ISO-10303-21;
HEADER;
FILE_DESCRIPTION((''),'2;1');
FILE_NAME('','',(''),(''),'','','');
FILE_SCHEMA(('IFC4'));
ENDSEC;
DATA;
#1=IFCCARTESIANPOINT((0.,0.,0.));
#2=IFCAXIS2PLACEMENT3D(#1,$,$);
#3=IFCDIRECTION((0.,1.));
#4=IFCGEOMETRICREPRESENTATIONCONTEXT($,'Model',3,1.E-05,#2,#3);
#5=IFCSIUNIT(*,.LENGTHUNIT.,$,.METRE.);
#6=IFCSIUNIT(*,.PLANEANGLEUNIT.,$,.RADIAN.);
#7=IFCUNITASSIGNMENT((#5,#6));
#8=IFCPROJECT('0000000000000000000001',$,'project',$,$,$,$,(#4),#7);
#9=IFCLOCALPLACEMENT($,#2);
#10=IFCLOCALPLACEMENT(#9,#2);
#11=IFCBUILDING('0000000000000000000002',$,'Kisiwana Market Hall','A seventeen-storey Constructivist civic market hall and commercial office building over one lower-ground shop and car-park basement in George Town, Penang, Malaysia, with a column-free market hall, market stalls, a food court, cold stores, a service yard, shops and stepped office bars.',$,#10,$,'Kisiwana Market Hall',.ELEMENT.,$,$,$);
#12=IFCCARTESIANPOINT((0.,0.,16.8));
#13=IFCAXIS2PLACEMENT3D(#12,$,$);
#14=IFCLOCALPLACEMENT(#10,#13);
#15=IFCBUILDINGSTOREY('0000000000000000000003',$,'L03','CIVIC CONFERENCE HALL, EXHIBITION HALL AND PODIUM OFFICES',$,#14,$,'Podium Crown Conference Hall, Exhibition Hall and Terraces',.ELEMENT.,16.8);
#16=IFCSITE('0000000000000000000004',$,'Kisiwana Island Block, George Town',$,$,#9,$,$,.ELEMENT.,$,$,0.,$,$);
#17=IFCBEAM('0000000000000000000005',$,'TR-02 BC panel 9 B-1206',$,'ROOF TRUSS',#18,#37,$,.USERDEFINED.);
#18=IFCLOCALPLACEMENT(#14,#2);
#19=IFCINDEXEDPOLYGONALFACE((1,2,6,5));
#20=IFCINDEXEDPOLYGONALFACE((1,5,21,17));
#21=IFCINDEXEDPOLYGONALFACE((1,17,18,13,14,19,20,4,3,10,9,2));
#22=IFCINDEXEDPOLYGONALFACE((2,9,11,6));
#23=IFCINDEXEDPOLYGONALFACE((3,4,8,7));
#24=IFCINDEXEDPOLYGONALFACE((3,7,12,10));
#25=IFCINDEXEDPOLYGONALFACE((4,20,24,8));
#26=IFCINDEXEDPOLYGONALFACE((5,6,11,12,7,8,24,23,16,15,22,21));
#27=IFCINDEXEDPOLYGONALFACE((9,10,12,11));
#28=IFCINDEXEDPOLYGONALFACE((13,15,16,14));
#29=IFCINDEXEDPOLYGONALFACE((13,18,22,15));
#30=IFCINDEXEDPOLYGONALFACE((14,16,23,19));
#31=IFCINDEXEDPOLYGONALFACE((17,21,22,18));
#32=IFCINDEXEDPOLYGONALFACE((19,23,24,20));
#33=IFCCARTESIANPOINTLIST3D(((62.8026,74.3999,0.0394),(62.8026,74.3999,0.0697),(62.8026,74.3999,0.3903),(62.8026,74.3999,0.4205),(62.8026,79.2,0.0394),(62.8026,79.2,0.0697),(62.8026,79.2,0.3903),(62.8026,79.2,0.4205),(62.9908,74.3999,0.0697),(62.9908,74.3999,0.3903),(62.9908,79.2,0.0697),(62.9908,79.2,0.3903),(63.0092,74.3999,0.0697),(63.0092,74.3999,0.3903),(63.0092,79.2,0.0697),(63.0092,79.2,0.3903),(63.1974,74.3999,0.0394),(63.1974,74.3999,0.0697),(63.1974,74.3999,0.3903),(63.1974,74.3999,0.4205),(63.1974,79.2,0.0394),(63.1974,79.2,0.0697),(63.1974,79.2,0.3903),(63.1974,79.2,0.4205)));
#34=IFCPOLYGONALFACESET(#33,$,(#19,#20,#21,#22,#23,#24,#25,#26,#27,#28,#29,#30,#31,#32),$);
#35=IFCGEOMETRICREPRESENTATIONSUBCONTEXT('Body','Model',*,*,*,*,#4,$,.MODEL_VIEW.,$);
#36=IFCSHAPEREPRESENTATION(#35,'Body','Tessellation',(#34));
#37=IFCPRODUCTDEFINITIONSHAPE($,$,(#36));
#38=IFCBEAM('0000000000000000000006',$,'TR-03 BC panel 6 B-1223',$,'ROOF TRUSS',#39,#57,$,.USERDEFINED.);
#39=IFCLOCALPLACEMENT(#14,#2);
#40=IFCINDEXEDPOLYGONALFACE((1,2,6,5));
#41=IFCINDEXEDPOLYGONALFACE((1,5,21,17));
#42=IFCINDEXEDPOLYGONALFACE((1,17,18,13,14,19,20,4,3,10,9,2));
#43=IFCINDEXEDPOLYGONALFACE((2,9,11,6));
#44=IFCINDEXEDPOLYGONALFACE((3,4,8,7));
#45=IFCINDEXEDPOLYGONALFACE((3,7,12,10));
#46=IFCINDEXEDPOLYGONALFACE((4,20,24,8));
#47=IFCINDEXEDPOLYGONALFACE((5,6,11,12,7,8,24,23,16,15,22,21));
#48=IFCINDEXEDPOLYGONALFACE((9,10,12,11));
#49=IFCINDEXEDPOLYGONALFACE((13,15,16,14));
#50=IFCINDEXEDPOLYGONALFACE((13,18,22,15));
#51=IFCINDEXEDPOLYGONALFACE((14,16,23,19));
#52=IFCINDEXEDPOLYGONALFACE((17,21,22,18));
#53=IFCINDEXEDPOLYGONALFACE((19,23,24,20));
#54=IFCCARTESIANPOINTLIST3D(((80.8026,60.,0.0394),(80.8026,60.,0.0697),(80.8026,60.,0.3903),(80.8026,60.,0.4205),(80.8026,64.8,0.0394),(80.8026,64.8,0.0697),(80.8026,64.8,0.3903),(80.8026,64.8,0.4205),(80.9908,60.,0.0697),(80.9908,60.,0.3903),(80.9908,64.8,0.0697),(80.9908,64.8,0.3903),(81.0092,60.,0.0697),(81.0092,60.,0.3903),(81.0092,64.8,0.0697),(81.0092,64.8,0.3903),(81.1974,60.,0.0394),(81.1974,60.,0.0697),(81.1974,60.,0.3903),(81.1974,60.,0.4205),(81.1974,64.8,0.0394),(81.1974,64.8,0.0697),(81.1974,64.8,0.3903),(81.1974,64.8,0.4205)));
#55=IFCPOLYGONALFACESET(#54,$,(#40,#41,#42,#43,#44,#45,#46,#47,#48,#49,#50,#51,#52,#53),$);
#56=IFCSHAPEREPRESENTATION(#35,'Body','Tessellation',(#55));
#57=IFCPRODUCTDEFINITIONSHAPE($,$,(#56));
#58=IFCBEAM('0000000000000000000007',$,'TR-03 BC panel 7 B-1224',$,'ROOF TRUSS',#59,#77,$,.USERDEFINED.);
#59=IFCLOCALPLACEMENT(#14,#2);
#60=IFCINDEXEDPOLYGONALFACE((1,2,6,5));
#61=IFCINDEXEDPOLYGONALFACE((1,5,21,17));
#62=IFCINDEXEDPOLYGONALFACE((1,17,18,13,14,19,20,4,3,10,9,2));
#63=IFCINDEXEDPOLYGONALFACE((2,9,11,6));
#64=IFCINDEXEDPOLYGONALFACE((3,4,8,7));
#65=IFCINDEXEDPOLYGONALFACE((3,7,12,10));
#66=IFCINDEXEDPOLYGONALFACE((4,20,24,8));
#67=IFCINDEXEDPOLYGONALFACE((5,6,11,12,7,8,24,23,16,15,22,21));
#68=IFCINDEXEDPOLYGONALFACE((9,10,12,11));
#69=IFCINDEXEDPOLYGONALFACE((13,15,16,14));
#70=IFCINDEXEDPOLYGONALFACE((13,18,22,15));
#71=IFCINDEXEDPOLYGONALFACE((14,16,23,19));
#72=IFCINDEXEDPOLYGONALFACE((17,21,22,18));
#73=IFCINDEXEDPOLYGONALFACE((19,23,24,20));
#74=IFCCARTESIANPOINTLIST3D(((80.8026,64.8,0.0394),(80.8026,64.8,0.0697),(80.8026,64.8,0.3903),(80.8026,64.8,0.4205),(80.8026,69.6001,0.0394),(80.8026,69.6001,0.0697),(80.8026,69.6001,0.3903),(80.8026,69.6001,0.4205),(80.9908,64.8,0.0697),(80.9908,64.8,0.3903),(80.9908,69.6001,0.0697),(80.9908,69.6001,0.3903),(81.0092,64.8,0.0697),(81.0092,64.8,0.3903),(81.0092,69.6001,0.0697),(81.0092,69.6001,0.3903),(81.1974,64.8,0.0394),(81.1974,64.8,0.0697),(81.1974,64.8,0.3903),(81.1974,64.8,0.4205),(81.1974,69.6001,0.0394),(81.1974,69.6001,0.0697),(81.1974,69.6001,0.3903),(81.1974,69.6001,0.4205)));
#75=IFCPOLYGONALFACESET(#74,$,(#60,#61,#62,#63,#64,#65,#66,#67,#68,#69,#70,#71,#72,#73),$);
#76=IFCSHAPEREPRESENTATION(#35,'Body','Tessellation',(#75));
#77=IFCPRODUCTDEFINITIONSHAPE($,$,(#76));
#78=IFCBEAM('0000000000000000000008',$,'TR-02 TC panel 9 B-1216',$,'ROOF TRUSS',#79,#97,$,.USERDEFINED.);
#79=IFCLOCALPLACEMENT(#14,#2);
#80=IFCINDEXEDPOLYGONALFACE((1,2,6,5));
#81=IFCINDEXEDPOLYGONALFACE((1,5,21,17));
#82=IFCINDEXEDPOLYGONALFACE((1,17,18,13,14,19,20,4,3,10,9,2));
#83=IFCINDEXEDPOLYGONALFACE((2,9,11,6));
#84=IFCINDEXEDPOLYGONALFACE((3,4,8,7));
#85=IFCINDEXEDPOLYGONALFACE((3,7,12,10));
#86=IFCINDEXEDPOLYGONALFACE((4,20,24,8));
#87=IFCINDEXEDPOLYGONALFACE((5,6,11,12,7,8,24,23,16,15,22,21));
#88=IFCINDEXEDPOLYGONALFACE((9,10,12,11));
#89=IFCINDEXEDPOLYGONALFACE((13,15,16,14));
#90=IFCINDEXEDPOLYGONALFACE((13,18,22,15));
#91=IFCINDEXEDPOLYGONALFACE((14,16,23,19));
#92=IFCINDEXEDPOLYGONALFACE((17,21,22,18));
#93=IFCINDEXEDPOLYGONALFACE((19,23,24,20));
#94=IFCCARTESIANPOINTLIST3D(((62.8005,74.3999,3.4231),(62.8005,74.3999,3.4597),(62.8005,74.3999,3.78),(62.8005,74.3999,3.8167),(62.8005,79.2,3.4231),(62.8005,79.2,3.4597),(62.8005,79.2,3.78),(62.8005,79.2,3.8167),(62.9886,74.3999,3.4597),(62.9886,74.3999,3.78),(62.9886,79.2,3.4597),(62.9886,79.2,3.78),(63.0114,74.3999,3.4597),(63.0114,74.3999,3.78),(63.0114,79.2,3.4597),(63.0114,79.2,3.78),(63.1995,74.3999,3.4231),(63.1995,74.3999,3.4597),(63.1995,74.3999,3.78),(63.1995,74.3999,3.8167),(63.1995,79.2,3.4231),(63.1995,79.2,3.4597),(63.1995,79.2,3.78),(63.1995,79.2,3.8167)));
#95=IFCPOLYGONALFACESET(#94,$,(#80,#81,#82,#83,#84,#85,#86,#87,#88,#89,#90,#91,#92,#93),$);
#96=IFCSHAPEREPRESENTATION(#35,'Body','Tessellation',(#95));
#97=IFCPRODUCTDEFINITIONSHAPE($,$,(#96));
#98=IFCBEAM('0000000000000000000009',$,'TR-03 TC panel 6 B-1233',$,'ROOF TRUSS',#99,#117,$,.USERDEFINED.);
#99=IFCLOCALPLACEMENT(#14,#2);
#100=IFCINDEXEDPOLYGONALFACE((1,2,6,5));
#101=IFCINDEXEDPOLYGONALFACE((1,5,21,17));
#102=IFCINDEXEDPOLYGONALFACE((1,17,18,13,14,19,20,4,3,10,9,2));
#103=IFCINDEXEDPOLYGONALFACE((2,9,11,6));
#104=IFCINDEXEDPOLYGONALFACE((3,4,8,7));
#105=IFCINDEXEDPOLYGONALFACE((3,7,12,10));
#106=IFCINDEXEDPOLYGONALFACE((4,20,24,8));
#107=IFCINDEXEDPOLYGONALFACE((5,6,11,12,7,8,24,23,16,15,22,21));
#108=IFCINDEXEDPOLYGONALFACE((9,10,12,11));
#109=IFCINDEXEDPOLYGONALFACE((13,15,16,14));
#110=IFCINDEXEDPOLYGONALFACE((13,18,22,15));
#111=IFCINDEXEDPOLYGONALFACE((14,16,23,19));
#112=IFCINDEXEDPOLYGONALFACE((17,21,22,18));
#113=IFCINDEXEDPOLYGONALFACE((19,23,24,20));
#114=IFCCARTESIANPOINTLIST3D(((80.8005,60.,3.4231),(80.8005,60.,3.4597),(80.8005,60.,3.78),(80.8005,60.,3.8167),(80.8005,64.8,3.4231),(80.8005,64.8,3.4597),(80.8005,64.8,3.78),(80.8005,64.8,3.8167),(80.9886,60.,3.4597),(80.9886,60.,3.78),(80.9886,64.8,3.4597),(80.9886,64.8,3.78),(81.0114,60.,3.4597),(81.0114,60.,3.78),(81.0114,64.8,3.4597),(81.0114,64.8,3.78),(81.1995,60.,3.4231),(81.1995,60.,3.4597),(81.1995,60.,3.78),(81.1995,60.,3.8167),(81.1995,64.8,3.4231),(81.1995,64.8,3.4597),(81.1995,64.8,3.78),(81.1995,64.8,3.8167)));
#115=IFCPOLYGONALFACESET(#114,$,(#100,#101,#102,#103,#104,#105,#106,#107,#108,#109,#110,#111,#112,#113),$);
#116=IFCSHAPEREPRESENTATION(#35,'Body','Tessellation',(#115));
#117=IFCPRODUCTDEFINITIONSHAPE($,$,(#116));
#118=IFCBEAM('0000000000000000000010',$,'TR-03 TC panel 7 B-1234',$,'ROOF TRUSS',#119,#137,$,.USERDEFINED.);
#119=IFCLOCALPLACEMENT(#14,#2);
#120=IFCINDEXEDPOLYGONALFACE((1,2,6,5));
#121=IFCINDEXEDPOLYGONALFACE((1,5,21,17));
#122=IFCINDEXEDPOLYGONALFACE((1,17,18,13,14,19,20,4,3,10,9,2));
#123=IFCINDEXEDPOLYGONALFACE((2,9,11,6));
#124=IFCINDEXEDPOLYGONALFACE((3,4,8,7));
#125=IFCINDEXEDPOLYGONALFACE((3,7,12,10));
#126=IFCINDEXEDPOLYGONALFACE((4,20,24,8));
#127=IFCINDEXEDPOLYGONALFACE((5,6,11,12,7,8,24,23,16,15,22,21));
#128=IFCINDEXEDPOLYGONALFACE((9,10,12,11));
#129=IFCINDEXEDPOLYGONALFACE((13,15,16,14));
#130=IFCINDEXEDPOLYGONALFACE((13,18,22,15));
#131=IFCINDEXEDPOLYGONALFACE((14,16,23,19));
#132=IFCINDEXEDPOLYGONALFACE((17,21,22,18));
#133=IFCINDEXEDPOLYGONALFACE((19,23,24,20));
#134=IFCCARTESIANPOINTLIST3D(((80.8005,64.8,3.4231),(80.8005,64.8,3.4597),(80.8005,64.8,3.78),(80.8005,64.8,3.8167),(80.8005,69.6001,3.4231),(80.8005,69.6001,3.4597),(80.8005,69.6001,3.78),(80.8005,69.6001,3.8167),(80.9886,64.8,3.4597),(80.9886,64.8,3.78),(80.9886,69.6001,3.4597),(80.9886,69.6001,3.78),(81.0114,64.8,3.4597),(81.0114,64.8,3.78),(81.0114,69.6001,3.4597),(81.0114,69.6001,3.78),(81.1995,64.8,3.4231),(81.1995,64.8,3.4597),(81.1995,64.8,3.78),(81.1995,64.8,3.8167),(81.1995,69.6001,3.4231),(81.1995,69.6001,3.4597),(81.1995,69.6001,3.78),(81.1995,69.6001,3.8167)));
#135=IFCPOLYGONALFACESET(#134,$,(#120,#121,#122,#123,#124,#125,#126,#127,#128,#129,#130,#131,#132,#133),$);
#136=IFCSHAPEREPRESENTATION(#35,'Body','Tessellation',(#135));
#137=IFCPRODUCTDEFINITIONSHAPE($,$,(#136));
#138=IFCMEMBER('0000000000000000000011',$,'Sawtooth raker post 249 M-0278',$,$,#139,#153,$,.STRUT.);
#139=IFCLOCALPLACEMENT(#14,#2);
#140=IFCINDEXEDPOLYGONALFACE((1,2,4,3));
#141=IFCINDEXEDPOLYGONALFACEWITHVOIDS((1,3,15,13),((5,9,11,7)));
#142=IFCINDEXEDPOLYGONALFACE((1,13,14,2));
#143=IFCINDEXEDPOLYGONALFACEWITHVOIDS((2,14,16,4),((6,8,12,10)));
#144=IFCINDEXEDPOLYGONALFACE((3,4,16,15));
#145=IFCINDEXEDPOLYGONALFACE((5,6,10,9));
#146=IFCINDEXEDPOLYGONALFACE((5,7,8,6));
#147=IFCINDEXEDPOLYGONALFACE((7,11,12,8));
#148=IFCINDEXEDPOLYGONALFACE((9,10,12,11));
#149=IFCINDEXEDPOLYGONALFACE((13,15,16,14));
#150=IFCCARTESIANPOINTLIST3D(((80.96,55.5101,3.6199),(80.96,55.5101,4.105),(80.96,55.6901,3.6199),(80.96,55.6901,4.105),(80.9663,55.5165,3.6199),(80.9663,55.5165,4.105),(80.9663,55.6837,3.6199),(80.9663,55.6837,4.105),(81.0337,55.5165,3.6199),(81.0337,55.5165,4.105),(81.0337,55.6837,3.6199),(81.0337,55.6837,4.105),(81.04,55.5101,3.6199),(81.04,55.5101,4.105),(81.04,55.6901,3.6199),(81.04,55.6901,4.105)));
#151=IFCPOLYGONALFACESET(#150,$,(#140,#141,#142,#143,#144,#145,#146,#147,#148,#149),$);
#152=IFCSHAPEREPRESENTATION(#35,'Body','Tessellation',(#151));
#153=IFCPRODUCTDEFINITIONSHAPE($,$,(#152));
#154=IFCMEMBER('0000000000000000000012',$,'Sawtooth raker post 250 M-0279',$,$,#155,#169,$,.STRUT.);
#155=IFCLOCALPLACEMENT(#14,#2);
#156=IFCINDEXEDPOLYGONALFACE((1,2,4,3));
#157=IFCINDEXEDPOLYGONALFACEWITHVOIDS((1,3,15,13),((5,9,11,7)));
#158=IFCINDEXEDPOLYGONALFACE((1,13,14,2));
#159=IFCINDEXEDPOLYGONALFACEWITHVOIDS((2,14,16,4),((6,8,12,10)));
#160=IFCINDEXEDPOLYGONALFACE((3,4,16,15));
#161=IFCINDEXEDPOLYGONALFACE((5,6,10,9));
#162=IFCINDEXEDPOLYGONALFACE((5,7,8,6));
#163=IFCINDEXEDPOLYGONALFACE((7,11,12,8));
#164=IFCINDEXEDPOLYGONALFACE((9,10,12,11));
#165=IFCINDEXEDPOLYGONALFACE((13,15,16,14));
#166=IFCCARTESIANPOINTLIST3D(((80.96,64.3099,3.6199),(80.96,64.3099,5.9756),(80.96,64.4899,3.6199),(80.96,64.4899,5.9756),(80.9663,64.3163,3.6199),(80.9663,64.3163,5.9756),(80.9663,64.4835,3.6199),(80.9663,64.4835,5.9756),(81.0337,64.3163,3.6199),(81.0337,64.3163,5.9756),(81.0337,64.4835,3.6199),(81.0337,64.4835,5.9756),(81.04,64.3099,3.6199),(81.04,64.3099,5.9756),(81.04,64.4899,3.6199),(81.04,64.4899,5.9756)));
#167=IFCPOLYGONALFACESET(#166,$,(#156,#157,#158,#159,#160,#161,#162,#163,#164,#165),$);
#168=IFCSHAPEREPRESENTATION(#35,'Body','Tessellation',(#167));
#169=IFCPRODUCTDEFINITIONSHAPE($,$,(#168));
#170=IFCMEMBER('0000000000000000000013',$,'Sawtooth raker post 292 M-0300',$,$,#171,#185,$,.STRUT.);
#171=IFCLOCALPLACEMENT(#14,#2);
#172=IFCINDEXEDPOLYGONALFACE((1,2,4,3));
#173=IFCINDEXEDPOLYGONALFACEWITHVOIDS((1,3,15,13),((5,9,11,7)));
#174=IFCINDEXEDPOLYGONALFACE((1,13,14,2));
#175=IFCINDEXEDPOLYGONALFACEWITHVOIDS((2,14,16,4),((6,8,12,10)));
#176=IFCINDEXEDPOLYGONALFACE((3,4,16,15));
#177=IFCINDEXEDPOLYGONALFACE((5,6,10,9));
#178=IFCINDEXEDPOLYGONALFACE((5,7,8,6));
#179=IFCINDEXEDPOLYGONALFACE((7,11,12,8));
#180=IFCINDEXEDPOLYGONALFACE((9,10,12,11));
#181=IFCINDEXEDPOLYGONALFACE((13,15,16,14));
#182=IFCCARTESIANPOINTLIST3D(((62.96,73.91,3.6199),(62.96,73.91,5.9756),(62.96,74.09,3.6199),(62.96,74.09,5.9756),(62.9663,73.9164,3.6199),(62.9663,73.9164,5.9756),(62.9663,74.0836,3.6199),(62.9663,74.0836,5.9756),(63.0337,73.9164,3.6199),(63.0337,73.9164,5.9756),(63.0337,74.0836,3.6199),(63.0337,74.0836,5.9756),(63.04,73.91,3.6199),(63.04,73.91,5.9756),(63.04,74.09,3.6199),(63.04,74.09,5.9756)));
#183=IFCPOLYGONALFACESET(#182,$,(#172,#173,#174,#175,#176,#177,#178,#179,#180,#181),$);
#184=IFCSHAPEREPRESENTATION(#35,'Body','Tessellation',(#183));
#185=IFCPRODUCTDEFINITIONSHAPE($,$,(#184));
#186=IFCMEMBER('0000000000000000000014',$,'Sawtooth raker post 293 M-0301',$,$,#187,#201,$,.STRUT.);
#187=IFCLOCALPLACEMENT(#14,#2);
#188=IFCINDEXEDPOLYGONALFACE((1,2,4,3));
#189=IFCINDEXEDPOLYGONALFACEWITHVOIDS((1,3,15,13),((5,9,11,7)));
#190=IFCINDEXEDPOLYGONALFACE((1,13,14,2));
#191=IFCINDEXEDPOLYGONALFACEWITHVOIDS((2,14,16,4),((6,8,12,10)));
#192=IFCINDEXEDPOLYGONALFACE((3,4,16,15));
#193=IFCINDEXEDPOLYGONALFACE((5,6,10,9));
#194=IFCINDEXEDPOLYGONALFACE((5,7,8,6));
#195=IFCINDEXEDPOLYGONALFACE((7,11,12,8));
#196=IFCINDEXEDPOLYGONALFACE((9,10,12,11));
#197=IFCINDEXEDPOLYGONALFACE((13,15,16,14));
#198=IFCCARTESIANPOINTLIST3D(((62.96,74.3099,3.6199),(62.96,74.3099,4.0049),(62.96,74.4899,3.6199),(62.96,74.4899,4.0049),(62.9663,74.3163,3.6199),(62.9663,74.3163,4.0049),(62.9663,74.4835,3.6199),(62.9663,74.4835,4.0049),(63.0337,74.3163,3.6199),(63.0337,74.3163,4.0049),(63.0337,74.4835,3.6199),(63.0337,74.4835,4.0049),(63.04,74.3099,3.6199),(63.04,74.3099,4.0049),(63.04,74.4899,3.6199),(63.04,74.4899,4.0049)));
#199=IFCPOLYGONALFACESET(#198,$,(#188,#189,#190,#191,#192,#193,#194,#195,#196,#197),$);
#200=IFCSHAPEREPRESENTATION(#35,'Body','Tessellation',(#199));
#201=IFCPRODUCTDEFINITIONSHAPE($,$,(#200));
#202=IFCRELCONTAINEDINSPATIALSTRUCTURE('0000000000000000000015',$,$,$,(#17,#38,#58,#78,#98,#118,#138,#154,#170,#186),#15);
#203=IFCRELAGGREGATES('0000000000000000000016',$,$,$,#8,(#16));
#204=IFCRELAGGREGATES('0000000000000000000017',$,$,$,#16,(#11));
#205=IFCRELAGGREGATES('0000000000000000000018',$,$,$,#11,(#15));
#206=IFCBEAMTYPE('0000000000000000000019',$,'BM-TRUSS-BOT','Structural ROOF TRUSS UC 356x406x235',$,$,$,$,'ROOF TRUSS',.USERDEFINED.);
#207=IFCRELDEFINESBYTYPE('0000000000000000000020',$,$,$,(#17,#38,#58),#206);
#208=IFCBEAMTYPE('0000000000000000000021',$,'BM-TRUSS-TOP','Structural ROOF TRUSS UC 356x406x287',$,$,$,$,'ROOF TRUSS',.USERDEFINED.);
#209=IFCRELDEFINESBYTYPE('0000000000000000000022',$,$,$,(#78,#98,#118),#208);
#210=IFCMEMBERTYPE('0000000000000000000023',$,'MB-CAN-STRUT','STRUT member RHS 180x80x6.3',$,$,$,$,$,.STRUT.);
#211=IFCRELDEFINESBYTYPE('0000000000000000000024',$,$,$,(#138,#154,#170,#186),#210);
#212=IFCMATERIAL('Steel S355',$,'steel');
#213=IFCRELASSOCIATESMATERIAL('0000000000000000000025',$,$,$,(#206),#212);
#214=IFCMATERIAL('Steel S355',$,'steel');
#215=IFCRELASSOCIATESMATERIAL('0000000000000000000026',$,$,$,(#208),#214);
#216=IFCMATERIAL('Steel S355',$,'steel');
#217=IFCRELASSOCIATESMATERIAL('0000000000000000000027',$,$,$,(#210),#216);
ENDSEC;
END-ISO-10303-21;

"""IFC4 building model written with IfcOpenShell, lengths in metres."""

from ifc_helpers import new_model, si_unit, direction, frame, origin, origin_2d, place, context, subcontext, project, spatial, hollow_rectangle, i_section, extrude, material, material_profile, profile_set, type_object, element, save


model = new_model("IFC4")

# Units and contexts
model_context = context("Model", 3, precision=1e-05, world=origin(), true_north=direction((0.0, 1.0)))
body_context = subcontext(model_context, "Body", "Model", "MODEL_VIEW")
ifc_project = project(units=[si_unit("LENGTHUNIT", "METRE"), si_unit("PLANEANGLEUNIT", "RADIAN")], contexts=[model_context])

# Site, building, storey
site_placement = place(None, origin())
site = spatial("IfcSite", under=ifc_project, at=site_placement, Name="Kisiwana Island Block, George Town", CompositionType="ELEMENT", RefElevation=0.0)
building_placement = place(site_placement, origin())
building = spatial("IfcBuilding", under=site, at=building_placement, Name="Kisiwana Market Hall", Description="A seventeen-storey Constructivist civic market hall and commercial office building over one lower-ground shop and car-park basement in George Town, Penang, Malaysia, with a column-free market hall, market stalls, a food court, cold stores, a service yard, shops and stepped office bars.", LongName="Kisiwana Market Hall", CompositionType="ELEMENT")
storey_placement = place(building_placement, frame((0.0, 0.0, 16.8)))
storey = spatial("IfcBuildingStorey", under=building, at=storey_placement, Name="L03", Description="CIVIC CONFERENCE HALL, EXHIBITION HALL AND PODIUM OFFICES", LongName="Podium Crown Conference Hall, Exhibition Hall and Terraces", CompositionType="ELEMENT", Elevation=16.8)

# Beams
ifc_material_1 = material(Name="Steel S355", Category="steel")
ifc_material_profile_1 = material_profile(ifc_material_1, i_section(OverallWidth=0.3948, OverallDepth=0.3811, WebThickness=0.0183, FlangeThickness=0.0303, at=origin_2d()), Name="UC 356x406x235")
ifc_profile_set_1 = profile_set([ifc_material_profile_1], Name="Steel S355")
beam_type_1 = type_object("IfcBeamType", Name="BM-TRUSS-BOT", Description="Structural ROOF TRUSS UC 356x406x235", ElementType="ROOF TRUSS", PredefinedType="USERDEFINED", material=ifc_profile_set_1)
for number, where, z_axis, x_axis, name in (
    (1, (63.0, 74.3999, 0.23), (0.0, 1.0, 0.0), (-1.0, 0.0, 0.0), "TR-02 BC panel 9 B-1206"),
    (2, (81.0, 60.0, 0.23), (0.0, 1.0, 0.0), (-1.0, 0.0, 0.0), "TR-03 BC panel 6 B-1223"),
    (3, (81.0, 64.8, 0.23), (0.0, 1.0, 0.0), (-1.0, 0.0, 0.0), "TR-03 BC panel 7 B-1224"),
):
    element("IfcBeam", number, at=place(storey_placement, frame(where, z_axis=z_axis, x_axis=x_axis)), inside=storey, type_object=beam_type_1, Name=name, ObjectType="ROOF TRUSS", PredefinedType="USERDEFINED", context=body_context, shape_type="SweptSolid", body=[
        extrude(i_section(OverallWidth=0.3948, OverallDepth=0.3811, WebThickness=0.0183, FlangeThickness=0.0303, at=origin_2d()), origin(), (0.0, 0.0, 1.0), 4.8),
    ])
ifc_material_2 = material(Name="Steel S355", Category="steel")
ifc_material_profile_2 = material_profile(ifc_material_2, i_section(OverallWidth=0.3989, OverallDepth=0.3936, WebThickness=0.0227, FlangeThickness=0.0366, at=origin_2d()), Name="UC 356x406x287")
ifc_profile_set_2 = profile_set([ifc_material_profile_2], Name="Steel S355")
beam_type_2 = type_object("IfcBeamType", Name="BM-TRUSS-TOP", Description="Structural ROOF TRUSS UC 356x406x287", ElementType="ROOF TRUSS", PredefinedType="USERDEFINED", material=ifc_profile_set_2)
for number, where, z_axis, x_axis, name in (
    (4, (63.0, 74.3999, 3.6199), (0.0, 1.0, 0.0), (-1.0, 0.0, 0.0), "TR-02 TC panel 9 B-1216"),
    (5, (81.0, 60.0, 3.6199), (0.0, 1.0, 0.0), (-1.0, 0.0, 0.0), "TR-03 TC panel 6 B-1233"),
    (6, (81.0, 64.8, 3.6199), (0.0, 1.0, 0.0), (-1.0, 0.0, 0.0), "TR-03 TC panel 7 B-1234"),
):
    element("IfcBeam", number, at=place(storey_placement, frame(where, z_axis=z_axis, x_axis=x_axis)), inside=storey, type_object=beam_type_2, Name=name, ObjectType="ROOF TRUSS", PredefinedType="USERDEFINED", context=body_context, shape_type="SweptSolid", body=[
        extrude(i_section(OverallWidth=0.3989, OverallDepth=0.3936, WebThickness=0.0227, FlangeThickness=0.0366, at=origin_2d()), origin(), (0.0, 0.0, 1.0), 4.8),
    ])

# Members
ifc_material_3 = material(Name="Steel S355", Category="steel")
ifc_material_profile_3 = material_profile(ifc_material_3, hollow_rectangle(XDim=0.0801, YDim=0.1799, WallThickness=0.0063, at=origin_2d()), Name="RHS 180x80x6.3")
ifc_profile_set_3 = profile_set([ifc_material_profile_3], Name="Steel S355")
member_type_1 = type_object("IfcMemberType", Name="MB-CAN-STRUT", Description="STRUT member RHS 180x80x6.3", PredefinedType="STRUT", material=ifc_profile_set_3)
member_1_placement = place(storey_placement, frame((81.0, 55.6001, 3.6199), z_axis=(0.0, 0.0, 1.0), x_axis=(1.0, 0.0, 0.0)))
element("IfcMember", 7, at=member_1_placement, inside=storey, type_object=member_type_1, Name="Sawtooth raker post 249 M-0278", PredefinedType="STRUT", context=body_context, shape_type="SweptSolid", body=[
    extrude(hollow_rectangle(XDim=0.0801, YDim=0.1799, WallThickness=0.0063, at=origin_2d()), origin(), (0.0, 0.0, 1.0), 0.4851),
])
for number, where, z_axis, x_axis, name in (
    (8, (81.0, 64.3999, 3.6199), (0.0, 0.0, 1.0), (1.0, 0.0, 0.0), "Sawtooth raker post 250 M-0279"),
    (9, (63.0, 74.0, 3.6199), (0.0, 0.0, 1.0), (1.0, 0.0, 0.0), "Sawtooth raker post 292 M-0300"),
):
    element("IfcMember", number, at=place(storey_placement, frame(where, z_axis=z_axis, x_axis=x_axis)), inside=storey, type_object=member_type_1, Name=name, PredefinedType="STRUT", context=body_context, shape_type="SweptSolid", body=[
        extrude(hollow_rectangle(XDim=0.0801, YDim=0.1799, WallThickness=0.0063, at=origin_2d()), origin(), (0.0, 0.0, 1.0), 2.3557),
    ])
member_2_placement = place(storey_placement, frame((63.0, 74.3999, 3.6199), z_axis=(0.0, 0.0, 1.0), x_axis=(1.0, 0.0, 0.0)))
element("IfcMember", 10, at=member_2_placement, inside=storey, type_object=member_type_1, Name="Sawtooth raker post 293 M-0301", PredefinedType="STRUT", context=body_context, shape_type="SweptSolid", body=[
    extrude(hollow_rectangle(XDim=0.0801, YDim=0.1799, WallThickness=0.0063, at=origin_2d()), origin(), (0.0, 0.0, 1.0), 0.385),
])

save(model, "model.ifc")
